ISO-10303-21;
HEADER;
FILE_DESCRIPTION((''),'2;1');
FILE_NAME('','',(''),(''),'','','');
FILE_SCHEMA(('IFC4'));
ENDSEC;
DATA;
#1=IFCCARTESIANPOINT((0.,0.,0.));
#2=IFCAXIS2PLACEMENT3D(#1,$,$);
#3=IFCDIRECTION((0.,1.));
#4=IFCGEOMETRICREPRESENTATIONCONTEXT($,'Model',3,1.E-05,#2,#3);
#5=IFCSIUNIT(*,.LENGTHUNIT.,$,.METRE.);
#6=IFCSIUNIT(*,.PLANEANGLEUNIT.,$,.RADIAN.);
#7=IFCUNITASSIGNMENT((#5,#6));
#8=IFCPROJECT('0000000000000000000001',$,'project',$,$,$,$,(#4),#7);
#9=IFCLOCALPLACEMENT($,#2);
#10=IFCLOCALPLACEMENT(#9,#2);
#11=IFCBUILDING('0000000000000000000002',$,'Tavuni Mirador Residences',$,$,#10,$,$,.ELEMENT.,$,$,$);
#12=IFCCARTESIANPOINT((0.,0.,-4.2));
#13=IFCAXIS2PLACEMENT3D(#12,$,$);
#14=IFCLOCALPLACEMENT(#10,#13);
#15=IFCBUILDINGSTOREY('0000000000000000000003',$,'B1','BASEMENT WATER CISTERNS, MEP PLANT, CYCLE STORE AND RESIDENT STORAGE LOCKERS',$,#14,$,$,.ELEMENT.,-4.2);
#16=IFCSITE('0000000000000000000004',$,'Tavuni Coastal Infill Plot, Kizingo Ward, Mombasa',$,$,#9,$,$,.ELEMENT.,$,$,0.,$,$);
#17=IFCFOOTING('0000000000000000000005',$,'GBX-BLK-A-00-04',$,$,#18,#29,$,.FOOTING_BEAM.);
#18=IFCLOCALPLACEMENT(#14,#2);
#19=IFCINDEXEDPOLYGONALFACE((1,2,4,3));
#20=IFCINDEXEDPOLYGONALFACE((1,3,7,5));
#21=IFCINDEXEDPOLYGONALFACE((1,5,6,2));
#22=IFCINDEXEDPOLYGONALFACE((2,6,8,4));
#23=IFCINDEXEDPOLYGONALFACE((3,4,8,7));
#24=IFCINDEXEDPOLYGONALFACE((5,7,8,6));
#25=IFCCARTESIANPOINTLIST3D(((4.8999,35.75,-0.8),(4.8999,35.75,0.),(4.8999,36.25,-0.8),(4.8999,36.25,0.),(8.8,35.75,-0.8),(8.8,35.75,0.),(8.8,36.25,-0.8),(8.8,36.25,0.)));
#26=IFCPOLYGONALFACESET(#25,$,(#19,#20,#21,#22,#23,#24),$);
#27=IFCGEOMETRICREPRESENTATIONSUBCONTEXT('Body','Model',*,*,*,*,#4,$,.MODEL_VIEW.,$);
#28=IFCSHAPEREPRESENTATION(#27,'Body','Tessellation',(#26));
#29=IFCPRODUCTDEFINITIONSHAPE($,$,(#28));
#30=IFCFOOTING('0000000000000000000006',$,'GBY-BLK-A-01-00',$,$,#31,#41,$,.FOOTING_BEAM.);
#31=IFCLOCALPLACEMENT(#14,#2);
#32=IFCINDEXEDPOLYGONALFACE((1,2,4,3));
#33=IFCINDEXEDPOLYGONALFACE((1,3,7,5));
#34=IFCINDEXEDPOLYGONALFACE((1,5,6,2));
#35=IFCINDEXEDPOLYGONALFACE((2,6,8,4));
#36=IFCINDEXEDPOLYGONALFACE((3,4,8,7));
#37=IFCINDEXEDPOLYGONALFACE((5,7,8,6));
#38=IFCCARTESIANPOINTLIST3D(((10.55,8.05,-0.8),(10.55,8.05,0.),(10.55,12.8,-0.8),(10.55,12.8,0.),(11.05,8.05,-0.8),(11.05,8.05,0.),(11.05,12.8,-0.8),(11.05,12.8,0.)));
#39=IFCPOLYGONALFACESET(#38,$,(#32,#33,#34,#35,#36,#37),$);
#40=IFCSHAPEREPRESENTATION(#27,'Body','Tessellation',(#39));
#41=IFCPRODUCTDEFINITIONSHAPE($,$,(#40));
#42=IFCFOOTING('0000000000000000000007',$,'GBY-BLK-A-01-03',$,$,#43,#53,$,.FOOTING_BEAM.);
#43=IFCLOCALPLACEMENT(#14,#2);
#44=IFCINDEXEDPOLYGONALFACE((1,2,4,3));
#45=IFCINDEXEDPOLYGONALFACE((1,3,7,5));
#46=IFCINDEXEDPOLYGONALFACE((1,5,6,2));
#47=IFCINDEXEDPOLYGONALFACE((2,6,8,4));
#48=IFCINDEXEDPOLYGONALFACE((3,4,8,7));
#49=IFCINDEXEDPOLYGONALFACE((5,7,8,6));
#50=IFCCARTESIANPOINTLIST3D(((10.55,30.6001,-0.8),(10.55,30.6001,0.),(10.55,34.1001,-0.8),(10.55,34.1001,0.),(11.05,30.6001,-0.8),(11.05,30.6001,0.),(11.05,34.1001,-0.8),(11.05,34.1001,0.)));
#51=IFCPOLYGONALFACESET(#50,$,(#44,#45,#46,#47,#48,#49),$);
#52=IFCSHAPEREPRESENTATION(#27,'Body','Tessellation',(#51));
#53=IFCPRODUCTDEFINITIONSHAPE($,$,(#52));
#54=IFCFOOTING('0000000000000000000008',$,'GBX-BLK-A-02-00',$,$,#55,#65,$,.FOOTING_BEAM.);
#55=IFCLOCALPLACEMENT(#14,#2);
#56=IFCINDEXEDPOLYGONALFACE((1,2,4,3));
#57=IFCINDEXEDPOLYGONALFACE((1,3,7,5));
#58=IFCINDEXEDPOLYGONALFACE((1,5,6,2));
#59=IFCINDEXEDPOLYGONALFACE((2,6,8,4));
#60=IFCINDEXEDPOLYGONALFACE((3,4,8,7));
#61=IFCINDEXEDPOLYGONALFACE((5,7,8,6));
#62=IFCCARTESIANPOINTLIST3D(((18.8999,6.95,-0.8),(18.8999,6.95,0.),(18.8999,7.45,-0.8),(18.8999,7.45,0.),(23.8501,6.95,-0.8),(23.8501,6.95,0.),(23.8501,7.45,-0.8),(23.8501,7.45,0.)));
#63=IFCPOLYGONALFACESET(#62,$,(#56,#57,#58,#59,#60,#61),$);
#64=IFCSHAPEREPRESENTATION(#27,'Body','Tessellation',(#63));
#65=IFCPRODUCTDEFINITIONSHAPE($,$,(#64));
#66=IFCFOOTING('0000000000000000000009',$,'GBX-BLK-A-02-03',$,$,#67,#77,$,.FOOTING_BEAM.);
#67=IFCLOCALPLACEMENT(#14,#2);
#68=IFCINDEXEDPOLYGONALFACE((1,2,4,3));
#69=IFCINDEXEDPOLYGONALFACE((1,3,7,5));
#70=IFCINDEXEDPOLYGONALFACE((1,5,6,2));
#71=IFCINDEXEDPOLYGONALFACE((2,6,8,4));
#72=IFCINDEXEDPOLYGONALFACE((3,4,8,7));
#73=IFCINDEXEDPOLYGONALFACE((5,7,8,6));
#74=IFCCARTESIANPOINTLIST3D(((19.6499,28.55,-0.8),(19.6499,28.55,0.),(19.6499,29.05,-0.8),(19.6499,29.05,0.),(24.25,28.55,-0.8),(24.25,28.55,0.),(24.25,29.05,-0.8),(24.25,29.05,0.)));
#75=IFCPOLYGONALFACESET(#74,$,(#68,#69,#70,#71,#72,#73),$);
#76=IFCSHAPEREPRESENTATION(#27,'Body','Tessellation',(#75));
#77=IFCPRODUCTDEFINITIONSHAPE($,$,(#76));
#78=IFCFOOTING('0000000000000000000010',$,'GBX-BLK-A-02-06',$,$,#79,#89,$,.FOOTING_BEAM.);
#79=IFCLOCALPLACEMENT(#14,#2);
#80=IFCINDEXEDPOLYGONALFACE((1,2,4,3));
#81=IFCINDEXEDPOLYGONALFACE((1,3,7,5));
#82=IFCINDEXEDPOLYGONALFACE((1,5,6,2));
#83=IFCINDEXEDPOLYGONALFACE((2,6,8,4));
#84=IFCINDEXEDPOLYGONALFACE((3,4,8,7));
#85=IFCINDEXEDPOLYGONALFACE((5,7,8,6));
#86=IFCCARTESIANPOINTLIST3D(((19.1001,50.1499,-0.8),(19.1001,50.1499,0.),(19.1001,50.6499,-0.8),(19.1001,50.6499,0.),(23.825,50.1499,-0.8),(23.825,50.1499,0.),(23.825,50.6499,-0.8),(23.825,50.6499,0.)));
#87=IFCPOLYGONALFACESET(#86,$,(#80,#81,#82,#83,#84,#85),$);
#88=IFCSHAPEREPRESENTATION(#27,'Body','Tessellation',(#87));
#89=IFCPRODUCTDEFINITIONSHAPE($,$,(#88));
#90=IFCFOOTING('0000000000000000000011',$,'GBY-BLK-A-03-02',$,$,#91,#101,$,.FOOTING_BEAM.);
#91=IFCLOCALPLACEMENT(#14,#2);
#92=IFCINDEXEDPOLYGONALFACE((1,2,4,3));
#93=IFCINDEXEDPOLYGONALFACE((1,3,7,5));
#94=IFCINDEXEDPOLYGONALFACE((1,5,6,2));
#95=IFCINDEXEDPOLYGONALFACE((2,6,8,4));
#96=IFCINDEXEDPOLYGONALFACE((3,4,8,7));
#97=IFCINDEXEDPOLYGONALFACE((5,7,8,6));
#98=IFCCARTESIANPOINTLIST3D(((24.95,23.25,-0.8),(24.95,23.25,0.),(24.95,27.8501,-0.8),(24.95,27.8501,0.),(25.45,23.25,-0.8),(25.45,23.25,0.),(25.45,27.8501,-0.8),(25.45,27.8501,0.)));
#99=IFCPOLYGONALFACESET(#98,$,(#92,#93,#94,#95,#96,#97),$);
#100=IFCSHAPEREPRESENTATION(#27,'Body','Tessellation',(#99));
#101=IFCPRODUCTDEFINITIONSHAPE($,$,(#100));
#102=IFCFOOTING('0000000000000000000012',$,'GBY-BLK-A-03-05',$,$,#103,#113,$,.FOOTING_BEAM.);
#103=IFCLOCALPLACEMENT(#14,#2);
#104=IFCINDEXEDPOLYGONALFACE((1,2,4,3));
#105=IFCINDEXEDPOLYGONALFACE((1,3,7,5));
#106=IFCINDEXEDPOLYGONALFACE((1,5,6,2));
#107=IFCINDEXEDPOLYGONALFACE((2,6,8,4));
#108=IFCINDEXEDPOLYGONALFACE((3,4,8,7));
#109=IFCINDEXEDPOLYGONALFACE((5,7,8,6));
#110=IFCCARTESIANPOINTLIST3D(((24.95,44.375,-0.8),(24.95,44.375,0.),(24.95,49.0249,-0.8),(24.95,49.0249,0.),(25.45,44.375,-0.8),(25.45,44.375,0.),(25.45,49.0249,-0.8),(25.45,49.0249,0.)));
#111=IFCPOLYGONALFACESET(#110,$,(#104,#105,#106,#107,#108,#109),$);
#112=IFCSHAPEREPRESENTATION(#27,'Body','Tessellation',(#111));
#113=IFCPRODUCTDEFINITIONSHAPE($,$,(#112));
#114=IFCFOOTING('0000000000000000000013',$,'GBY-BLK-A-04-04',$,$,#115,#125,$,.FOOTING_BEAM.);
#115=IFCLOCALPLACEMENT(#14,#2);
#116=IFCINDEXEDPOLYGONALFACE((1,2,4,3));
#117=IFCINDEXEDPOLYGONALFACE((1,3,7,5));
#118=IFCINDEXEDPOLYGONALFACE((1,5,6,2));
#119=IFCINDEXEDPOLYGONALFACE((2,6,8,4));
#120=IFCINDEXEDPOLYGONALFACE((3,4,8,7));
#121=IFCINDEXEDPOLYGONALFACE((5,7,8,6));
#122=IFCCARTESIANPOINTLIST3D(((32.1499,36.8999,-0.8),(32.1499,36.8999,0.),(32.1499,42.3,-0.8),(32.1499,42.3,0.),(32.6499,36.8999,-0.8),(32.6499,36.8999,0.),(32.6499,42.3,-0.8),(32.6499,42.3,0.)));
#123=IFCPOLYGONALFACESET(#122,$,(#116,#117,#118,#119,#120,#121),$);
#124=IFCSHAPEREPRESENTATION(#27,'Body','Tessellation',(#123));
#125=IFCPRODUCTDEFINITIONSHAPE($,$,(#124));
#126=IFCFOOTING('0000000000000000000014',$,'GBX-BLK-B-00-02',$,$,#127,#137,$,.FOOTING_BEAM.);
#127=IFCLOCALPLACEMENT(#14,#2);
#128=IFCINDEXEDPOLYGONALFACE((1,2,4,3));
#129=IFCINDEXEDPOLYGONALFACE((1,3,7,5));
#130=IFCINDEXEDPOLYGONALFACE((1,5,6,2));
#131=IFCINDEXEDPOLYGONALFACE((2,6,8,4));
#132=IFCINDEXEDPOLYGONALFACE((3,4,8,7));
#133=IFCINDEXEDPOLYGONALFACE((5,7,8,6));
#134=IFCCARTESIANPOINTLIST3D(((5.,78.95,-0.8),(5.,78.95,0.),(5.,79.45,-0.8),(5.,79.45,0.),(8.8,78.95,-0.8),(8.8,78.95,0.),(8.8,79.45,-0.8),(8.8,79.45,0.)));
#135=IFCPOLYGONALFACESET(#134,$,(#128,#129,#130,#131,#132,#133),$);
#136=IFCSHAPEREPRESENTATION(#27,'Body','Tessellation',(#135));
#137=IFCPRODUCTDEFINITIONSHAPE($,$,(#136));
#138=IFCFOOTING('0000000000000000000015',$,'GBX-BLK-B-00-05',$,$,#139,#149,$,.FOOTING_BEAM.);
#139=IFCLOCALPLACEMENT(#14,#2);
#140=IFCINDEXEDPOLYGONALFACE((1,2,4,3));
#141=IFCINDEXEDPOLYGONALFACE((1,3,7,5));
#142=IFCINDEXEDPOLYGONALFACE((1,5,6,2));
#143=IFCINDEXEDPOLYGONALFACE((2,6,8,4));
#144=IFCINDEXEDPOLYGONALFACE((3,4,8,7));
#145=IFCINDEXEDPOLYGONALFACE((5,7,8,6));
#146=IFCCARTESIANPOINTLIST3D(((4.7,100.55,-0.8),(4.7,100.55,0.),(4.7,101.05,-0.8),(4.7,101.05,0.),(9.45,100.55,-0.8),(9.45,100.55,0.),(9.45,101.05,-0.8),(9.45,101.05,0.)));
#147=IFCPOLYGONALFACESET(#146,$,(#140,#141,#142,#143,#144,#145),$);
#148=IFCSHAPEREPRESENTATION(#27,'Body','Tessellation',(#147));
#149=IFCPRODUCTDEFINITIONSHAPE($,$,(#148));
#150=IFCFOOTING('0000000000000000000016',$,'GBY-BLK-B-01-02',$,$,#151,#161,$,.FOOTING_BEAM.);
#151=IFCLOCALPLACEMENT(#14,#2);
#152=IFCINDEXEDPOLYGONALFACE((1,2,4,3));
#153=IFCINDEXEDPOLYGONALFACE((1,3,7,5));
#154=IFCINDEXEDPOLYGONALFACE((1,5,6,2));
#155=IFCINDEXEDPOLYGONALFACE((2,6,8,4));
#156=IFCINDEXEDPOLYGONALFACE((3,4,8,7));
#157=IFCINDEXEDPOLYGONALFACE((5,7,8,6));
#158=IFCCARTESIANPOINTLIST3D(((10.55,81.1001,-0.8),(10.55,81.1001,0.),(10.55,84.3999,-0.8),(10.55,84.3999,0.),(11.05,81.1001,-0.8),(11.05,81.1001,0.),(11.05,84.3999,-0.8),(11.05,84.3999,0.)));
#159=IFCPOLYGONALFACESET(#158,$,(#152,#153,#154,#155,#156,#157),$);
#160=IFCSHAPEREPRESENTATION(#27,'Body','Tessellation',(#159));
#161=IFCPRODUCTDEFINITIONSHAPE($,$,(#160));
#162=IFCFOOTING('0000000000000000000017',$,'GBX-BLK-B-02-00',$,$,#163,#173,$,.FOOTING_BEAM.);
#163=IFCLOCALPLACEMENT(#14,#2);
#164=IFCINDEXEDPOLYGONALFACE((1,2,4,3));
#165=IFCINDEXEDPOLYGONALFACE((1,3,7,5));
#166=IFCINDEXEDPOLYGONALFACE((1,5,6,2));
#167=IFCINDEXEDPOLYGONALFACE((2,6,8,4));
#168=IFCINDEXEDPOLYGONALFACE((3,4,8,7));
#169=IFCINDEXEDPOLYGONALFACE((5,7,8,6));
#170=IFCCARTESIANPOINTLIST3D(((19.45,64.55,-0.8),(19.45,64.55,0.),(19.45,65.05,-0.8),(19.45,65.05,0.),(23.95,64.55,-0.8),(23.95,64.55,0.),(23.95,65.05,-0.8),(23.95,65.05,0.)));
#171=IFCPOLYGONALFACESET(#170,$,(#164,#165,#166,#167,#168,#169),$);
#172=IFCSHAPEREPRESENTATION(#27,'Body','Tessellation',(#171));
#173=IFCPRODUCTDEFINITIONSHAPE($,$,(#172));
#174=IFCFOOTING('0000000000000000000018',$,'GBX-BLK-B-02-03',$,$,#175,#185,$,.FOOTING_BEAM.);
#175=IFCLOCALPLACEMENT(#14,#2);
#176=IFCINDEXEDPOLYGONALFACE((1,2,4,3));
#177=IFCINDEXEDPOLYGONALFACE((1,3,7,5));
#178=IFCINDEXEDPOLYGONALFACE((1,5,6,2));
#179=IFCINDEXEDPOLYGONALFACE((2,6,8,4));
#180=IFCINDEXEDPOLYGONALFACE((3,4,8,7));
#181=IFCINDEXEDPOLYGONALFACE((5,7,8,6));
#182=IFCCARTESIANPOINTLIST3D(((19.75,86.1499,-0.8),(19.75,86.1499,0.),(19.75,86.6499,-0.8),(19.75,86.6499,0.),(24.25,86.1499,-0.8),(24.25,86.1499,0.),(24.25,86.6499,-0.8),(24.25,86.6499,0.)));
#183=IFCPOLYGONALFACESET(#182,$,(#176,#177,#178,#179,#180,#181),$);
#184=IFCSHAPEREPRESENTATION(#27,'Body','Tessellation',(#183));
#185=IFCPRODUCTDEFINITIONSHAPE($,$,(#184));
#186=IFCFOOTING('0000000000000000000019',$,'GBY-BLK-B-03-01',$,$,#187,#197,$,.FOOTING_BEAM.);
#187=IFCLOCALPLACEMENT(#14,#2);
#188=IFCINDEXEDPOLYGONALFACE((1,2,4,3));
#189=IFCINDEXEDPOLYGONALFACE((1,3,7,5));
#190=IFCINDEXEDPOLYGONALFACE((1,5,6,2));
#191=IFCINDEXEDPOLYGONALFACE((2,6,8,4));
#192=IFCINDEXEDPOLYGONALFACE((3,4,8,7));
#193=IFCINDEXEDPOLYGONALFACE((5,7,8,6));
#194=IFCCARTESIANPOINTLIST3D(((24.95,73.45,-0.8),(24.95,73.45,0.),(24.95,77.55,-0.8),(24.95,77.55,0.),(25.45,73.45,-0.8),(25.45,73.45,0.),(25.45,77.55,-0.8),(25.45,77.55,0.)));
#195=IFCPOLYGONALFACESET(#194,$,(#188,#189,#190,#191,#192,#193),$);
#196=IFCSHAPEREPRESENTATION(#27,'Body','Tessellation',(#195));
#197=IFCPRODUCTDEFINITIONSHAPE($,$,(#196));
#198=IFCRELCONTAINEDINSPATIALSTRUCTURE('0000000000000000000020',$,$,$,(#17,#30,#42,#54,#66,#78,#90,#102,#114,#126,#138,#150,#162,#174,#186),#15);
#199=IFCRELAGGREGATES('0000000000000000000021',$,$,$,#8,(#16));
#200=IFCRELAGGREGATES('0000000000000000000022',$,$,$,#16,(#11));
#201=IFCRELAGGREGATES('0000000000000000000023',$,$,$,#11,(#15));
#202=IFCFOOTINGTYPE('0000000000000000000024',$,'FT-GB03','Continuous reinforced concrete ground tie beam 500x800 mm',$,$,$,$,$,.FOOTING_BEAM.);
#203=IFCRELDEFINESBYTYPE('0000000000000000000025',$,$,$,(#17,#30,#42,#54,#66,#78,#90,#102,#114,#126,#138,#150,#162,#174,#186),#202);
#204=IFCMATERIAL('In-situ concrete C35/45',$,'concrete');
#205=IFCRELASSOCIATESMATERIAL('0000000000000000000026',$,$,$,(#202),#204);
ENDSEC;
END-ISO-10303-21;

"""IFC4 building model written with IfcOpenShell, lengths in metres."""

from ifc_helpers import new_model, si_unit, direction, frame, origin, place, context, subcontext, project, spatial, polyline, outline, extrude, material, type_object, element, save


model = new_model("IFC4")

# Units and contexts
model_context = context("Model", 3, precision=1e-05, world=origin(), true_north=direction((0.0, 1.0)))
body_context = subcontext(model_context, "Body", "Model", "MODEL_VIEW")
ifc_project = project(units=[si_unit("LENGTHUNIT", "METRE"), si_unit("PLANEANGLEUNIT", "RADIAN")], contexts=[model_context])

# Site, building, storey
site_placement = place(None, origin())
site = spatial("IfcSite", under=ifc_project, at=site_placement, Name="Tavuni Coastal Infill Plot, Kizingo Ward, Mombasa", CompositionType="ELEMENT", RefElevation=0.0)
building_placement = place(site_placement, origin())
building = spatial("IfcBuilding", under=site, at=building_placement, Name="Tavuni Mirador Residences", CompositionType="ELEMENT")
storey_placement = place(building_placement, frame((0.0, 0.0, -4.2)))
storey = spatial("IfcBuildingStorey", under=building, at=storey_placement, Name="B1", Description="BASEMENT WATER CISTERNS, MEP PLANT, CYCLE STORE AND RESIDENT STORAGE LOCKERS", CompositionType="ELEMENT", Elevation=-4.2)

# Footings
ifc_material = material(Name="In-situ concrete C35/45", Category="concrete")
footing_type = type_object("IfcFootingType", Name="FT-GB03", Description="Continuous reinforced concrete ground tie beam 500x800 mm", PredefinedType="FOOTING_BEAM", material=ifc_material)
footing_1_placement = place(storey_placement, frame((0.0, 0.0, -0.8)))
element("IfcFooting", 1, at=footing_1_placement, inside=storey, type_object=footing_type, Name="GBX-BLK-A-00-04", PredefinedType="FOOTING_BEAM", context=body_context, shape_type="SweptSolid", body=[
    extrude(outline(polyline([(4.8999, 35.75), (8.8, 35.75), (8.8, 36.25), (4.8999, 36.25), (4.8999, 35.75)])), origin(), (0.0, 0.0, 1.0), 0.8),
])
footing_2_placement = place(storey_placement, frame((0.0, 0.0, -0.8)))
element("IfcFooting", 2, at=footing_2_placement, inside=storey, type_object=footing_type, Name="GBY-BLK-A-01-00", PredefinedType="FOOTING_BEAM", context=body_context, shape_type="SweptSolid", body=[
    extrude(outline(polyline([(10.55, 8.05), (11.05, 8.05), (11.05, 12.8), (10.55, 12.8), (10.55, 8.05)])), origin(), (0.0, 0.0, 1.0), 0.8),
])
footing_3_placement = place(storey_placement, frame((0.0, 0.0, -0.8)))
element("IfcFooting", 3, at=footing_3_placement, inside=storey, type_object=footing_type, Name="GBY-BLK-A-01-03", PredefinedType="FOOTING_BEAM", context=body_context, shape_type="SweptSolid", body=[
    extrude(outline(polyline([(10.55, 30.6001), (11.05, 30.6001), (11.05, 34.1001), (10.55, 34.1001), (10.55, 30.6001)])), origin(), (0.0, 0.0, 1.0), 0.8),
])
footing_4_placement = place(storey_placement, frame((0.0, 0.0, -0.8)))
element("IfcFooting", 4, at=footing_4_placement, inside=storey, type_object=footing_type, Name="GBX-BLK-A-02-00", PredefinedType="FOOTING_BEAM", context=body_context, shape_type="SweptSolid", body=[
    extrude(outline(polyline([(18.8999, 6.95), (23.8501, 6.95), (23.8501, 7.45), (18.8999, 7.45), (18.8999, 6.95)])), origin(), (0.0, 0.0, 1.0), 0.8),
])
footing_5_placement = place(storey_placement, frame((0.0, 0.0, -0.8)))
element("IfcFooting", 5, at=footing_5_placement, inside=storey, type_object=footing_type, Name="GBX-BLK-A-02-03", PredefinedType="FOOTING_BEAM", context=body_context, shape_type="SweptSolid", body=[
    extrude(outline(polyline([(19.6499, 28.55), (24.25, 28.55), (24.25, 29.05), (19.6499, 29.05), (19.6499, 28.55)])), origin(), (0.0, 0.0, 1.0), 0.8),
])
footing_6_placement = place(storey_placement, frame((0.0, 0.0, -0.8)))
element("IfcFooting", 6, at=footing_6_placement, inside=storey, type_object=footing_type, Name="GBX-BLK-A-02-06", PredefinedType="FOOTING_BEAM", context=body_context, shape_type="SweptSolid", body=[
    extrude(outline(polyline([(19.1001, 50.1499), (23.825, 50.1499), (23.825, 50.6499), (19.1001, 50.6499), (19.1001, 50.1499)])), origin(), (0.0, 0.0, 1.0), 0.8),
])
footing_7_placement = place(storey_placement, frame((0.0, 0.0, -0.8)))
element("IfcFooting", 7, at=footing_7_placement, inside=storey, type_object=footing_type, Name="GBY-BLK-A-03-02", PredefinedType="FOOTING_BEAM", context=body_context, shape_type="SweptSolid", body=[
    extrude(outline(polyline([(24.95, 23.25), (25.45, 23.25), (25.45, 27.8501), (24.95, 27.8501), (24.95, 23.25)])), origin(), (0.0, 0.0, 1.0), 0.8),
])
footing_8_placement = place(storey_placement, frame((0.0, 0.0, -0.8)))
element("IfcFooting", 8, at=footing_8_placement, inside=storey, type_object=footing_type, Name="GBY-BLK-A-03-05", PredefinedType="FOOTING_BEAM", context=body_context, shape_type="SweptSolid", body=[
    extrude(outline(polyline([(24.95, 44.375), (25.45, 44.375), (25.45, 49.0249), (24.95, 49.0249), (24.95, 44.375)])), origin(), (0.0, 0.0, 1.0), 0.8),
])
footing_9_placement = place(storey_placement, frame((0.0, 0.0, -0.8)))
element("IfcFooting", 9, at=footing_9_placement, inside=storey, type_object=footing_type, Name="GBY-BLK-A-04-04", PredefinedType="FOOTING_BEAM", context=body_context, shape_type="SweptSolid", body=[
    extrude(outline(polyline([(32.1499, 36.8999), (32.6499, 36.8999), (32.6499, 42.3), (32.1499, 42.3), (32.1499, 36.8999)])), origin(), (0.0, 0.0, 1.0), 0.8),
])
footing_10_placement = place(storey_placement, frame((0.0, 0.0, -0.8)))
element("IfcFooting", 10, at=footing_10_placement, inside=storey, type_object=footing_type, Name="GBX-BLK-B-00-02", PredefinedType="FOOTING_BEAM", context=body_context, shape_type="SweptSolid", body=[
    extrude(outline(polyline([(5.0, 78.95), (8.8, 78.95), (8.8, 79.45), (5.0, 79.45), (5.0, 78.95)])), origin(), (0.0, 0.0, 1.0), 0.8),
])
footing_11_placement = place(storey_placement, frame((0.0, 0.0, -0.8)))
element("IfcFooting", 11, at=footing_11_placement, inside=storey, type_object=footing_type, Name="GBX-BLK-B-00-05", PredefinedType="FOOTING_BEAM", context=body_context, shape_type="SweptSolid", body=[
    extrude(outline(polyline([(4.7, 100.55), (9.45, 100.55), (9.45, 101.05), (4.7, 101.05), (4.7, 100.55)])), origin(), (0.0, 0.0, 1.0), 0.8),
])
footing_12_placement = place(storey_placement, frame((0.0, 0.0, -0.8)))
element("IfcFooting", 12, at=footing_12_placement, inside=storey, type_object=footing_type, Name="GBY-BLK-B-01-02", PredefinedType="FOOTING_BEAM", context=body_context, shape_type="SweptSolid", body=[
    extrude(outline(polyline([(10.55, 81.1001), (11.05, 81.1001), (11.05, 84.3999), (10.55, 84.3999), (10.55, 81.1001)])), origin(), (0.0, 0.0, 1.0), 0.8),
])
footing_13_placement = place(storey_placement, frame((0.0, 0.0, -0.8)))
element("IfcFooting", 13, at=footing_13_placement, inside=storey, type_object=footing_type, Name="GBX-BLK-B-02-00", PredefinedType="FOOTING_BEAM", context=body_context, shape_type="SweptSolid", body=[
    extrude(outline(polyline([(19.45, 64.55), (23.95, 64.55), (23.95, 65.05), (19.45, 65.05), (19.45, 64.55)])), origin(), (0.0, 0.0, 1.0), 0.8),
])
footing_14_placement = place(storey_placement, frame((0.0, 0.0, -0.8)))
element("IfcFooting", 14, at=footing_14_placement, inside=storey, type_object=footing_type, Name="GBX-BLK-B-02-03", PredefinedType="FOOTING_BEAM", context=body_context, shape_type="SweptSolid", body=[
    extrude(outline(polyline([(19.75, 86.1499), (24.25, 86.1499), (24.25, 86.6499), (19.75, 86.6499), (19.75, 86.1499)])), origin(), (0.0, 0.0, 1.0), 0.8),
])
footing_15_placement = place(storey_placement, frame((0.0, 0.0, -0.8)))
element("IfcFooting", 15, at=footing_15_placement, inside=storey, type_object=footing_type, Name="GBY-BLK-B-03-01", PredefinedType="FOOTING_BEAM", context=body_context, shape_type="SweptSolid", body=[
    extrude(outline(polyline([(24.95, 73.45), (25.45, 73.45), (25.45, 77.55), (24.95, 77.55), (24.95, 73.45)])), origin(), (0.0, 0.0, 1.0), 0.8),
])

save(model, "model.ifc")
